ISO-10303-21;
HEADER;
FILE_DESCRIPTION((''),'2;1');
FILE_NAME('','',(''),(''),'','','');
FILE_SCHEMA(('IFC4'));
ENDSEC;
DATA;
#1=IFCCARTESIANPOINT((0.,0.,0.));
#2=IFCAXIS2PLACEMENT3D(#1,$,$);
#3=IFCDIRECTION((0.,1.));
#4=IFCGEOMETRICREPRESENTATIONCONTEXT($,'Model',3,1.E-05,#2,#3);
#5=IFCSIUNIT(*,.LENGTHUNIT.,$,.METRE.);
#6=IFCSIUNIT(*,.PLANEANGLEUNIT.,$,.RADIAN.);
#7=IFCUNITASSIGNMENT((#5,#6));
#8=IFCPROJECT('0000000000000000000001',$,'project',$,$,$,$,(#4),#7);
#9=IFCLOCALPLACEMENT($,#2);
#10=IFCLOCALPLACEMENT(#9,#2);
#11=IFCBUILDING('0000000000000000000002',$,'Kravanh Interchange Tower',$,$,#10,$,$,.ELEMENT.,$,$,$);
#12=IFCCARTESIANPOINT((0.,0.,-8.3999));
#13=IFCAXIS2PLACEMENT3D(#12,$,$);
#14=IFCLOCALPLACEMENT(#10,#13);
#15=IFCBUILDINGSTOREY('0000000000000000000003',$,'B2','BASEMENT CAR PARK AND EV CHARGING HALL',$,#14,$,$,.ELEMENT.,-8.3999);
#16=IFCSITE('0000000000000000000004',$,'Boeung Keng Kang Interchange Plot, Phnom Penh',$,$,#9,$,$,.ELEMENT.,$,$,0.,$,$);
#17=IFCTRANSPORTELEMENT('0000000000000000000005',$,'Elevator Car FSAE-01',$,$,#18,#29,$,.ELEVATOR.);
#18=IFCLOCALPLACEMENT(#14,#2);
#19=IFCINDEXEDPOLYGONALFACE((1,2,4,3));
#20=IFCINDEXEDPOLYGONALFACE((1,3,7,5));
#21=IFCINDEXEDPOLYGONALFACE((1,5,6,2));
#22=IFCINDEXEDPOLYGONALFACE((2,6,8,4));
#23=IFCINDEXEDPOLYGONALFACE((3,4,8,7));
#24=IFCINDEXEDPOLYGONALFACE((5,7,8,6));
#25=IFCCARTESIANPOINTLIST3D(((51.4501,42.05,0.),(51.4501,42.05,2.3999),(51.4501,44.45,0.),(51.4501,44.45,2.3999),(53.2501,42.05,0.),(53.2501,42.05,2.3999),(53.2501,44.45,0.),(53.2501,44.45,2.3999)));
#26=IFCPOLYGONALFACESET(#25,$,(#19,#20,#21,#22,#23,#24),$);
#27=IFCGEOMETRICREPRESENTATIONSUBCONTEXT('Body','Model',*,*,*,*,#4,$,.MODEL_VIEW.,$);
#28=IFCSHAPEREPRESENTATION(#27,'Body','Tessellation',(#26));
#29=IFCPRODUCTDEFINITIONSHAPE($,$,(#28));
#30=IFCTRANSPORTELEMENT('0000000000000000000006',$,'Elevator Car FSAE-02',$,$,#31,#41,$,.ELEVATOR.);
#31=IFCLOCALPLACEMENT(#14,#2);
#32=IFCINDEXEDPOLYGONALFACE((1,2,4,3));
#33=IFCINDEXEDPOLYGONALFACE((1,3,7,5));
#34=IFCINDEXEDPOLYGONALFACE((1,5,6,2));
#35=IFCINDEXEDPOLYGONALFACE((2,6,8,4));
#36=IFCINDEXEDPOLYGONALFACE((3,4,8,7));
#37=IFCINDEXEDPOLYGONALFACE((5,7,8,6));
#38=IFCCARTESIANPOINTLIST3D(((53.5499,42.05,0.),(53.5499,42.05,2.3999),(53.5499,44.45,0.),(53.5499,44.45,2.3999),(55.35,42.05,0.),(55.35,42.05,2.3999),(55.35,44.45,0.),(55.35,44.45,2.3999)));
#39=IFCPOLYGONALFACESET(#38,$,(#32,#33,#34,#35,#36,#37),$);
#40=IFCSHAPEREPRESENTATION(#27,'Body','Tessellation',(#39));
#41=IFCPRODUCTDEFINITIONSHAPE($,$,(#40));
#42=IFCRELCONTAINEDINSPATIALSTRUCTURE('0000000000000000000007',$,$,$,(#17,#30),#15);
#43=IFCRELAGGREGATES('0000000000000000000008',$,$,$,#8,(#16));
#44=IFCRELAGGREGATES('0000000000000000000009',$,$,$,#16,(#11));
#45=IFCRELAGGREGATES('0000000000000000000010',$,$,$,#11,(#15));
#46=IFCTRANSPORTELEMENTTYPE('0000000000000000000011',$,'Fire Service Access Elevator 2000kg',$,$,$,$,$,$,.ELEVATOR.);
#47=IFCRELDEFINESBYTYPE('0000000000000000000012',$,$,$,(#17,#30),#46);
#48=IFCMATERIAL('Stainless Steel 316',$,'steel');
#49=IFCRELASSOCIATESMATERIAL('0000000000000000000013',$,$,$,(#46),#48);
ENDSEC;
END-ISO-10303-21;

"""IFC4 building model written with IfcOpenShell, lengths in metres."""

from ifc_helpers import new_model, si_unit, direction, frame, origin, origin_2d, place, context, subcontext, project, spatial, rectangle, extrude, material, type_object, element, save


model = new_model("IFC4")

# Units and contexts
model_context = context("Model", 3, precision=1e-05, world=origin(), true_north=direction((0.0, 1.0)))
body_context = subcontext(model_context, "Body", "Model", "MODEL_VIEW")
ifc_project = project(units=[si_unit("LENGTHUNIT", "METRE"), si_unit("PLANEANGLEUNIT", "RADIAN")], contexts=[model_context])

# Site, building, storey
site_placement = place(None, origin())
site = spatial("IfcSite", under=ifc_project, at=site_placement, Name="Boeung Keng Kang Interchange Plot, Phnom Penh", CompositionType="ELEMENT", RefElevation=0.0)
building_placement = place(site_placement, origin())
building = spatial("IfcBuilding", under=site, at=building_placement, Name="Kravanh Interchange Tower", CompositionType="ELEMENT")
storey_placement = place(building_placement, frame((0.0, 0.0, -8.3999)))
storey = spatial("IfcBuildingStorey", under=building, at=storey_placement, Name="B2", Description="BASEMENT CAR PARK AND EV CHARGING HALL", CompositionType="ELEMENT", Elevation=-8.3999)

# Transport elements
ifc_material_1 = material(Name="Stainless Steel 316", Category="steel")
transport_element_type = type_object("IfcTransportElementType", Name="Fire Service Access Elevator 2000kg", PredefinedType="ELEVATOR", material=ifc_material_1)
for number, where, z_axis, x_axis, name in (
    (1, (52.3501, 43.25, 0.0), (0.0, 0.0, 1.0), (1.0, 0.0, 0.0), "Elevator Car FSAE-01"),
    (2, (54.45, 43.25, 0.0), (0.0, 0.0, 1.0), (1.0, 0.0, 0.0), "Elevator Car FSAE-02"),
):
    element("IfcTransportElement", number, at=place(storey_placement, frame(where, z_axis=z_axis, x_axis=x_axis)), inside=storey, type_object=transport_element_type, Name=name, PredefinedType="ELEVATOR", context=body_context, shape_type="SweptSolid", body=[
        extrude(rectangle(XDim=1.8, YDim=2.3999, at=origin_2d()), origin(), (0.0, 0.0, 1.0), 2.3999),
    ])

save(model, "model.ifc")
